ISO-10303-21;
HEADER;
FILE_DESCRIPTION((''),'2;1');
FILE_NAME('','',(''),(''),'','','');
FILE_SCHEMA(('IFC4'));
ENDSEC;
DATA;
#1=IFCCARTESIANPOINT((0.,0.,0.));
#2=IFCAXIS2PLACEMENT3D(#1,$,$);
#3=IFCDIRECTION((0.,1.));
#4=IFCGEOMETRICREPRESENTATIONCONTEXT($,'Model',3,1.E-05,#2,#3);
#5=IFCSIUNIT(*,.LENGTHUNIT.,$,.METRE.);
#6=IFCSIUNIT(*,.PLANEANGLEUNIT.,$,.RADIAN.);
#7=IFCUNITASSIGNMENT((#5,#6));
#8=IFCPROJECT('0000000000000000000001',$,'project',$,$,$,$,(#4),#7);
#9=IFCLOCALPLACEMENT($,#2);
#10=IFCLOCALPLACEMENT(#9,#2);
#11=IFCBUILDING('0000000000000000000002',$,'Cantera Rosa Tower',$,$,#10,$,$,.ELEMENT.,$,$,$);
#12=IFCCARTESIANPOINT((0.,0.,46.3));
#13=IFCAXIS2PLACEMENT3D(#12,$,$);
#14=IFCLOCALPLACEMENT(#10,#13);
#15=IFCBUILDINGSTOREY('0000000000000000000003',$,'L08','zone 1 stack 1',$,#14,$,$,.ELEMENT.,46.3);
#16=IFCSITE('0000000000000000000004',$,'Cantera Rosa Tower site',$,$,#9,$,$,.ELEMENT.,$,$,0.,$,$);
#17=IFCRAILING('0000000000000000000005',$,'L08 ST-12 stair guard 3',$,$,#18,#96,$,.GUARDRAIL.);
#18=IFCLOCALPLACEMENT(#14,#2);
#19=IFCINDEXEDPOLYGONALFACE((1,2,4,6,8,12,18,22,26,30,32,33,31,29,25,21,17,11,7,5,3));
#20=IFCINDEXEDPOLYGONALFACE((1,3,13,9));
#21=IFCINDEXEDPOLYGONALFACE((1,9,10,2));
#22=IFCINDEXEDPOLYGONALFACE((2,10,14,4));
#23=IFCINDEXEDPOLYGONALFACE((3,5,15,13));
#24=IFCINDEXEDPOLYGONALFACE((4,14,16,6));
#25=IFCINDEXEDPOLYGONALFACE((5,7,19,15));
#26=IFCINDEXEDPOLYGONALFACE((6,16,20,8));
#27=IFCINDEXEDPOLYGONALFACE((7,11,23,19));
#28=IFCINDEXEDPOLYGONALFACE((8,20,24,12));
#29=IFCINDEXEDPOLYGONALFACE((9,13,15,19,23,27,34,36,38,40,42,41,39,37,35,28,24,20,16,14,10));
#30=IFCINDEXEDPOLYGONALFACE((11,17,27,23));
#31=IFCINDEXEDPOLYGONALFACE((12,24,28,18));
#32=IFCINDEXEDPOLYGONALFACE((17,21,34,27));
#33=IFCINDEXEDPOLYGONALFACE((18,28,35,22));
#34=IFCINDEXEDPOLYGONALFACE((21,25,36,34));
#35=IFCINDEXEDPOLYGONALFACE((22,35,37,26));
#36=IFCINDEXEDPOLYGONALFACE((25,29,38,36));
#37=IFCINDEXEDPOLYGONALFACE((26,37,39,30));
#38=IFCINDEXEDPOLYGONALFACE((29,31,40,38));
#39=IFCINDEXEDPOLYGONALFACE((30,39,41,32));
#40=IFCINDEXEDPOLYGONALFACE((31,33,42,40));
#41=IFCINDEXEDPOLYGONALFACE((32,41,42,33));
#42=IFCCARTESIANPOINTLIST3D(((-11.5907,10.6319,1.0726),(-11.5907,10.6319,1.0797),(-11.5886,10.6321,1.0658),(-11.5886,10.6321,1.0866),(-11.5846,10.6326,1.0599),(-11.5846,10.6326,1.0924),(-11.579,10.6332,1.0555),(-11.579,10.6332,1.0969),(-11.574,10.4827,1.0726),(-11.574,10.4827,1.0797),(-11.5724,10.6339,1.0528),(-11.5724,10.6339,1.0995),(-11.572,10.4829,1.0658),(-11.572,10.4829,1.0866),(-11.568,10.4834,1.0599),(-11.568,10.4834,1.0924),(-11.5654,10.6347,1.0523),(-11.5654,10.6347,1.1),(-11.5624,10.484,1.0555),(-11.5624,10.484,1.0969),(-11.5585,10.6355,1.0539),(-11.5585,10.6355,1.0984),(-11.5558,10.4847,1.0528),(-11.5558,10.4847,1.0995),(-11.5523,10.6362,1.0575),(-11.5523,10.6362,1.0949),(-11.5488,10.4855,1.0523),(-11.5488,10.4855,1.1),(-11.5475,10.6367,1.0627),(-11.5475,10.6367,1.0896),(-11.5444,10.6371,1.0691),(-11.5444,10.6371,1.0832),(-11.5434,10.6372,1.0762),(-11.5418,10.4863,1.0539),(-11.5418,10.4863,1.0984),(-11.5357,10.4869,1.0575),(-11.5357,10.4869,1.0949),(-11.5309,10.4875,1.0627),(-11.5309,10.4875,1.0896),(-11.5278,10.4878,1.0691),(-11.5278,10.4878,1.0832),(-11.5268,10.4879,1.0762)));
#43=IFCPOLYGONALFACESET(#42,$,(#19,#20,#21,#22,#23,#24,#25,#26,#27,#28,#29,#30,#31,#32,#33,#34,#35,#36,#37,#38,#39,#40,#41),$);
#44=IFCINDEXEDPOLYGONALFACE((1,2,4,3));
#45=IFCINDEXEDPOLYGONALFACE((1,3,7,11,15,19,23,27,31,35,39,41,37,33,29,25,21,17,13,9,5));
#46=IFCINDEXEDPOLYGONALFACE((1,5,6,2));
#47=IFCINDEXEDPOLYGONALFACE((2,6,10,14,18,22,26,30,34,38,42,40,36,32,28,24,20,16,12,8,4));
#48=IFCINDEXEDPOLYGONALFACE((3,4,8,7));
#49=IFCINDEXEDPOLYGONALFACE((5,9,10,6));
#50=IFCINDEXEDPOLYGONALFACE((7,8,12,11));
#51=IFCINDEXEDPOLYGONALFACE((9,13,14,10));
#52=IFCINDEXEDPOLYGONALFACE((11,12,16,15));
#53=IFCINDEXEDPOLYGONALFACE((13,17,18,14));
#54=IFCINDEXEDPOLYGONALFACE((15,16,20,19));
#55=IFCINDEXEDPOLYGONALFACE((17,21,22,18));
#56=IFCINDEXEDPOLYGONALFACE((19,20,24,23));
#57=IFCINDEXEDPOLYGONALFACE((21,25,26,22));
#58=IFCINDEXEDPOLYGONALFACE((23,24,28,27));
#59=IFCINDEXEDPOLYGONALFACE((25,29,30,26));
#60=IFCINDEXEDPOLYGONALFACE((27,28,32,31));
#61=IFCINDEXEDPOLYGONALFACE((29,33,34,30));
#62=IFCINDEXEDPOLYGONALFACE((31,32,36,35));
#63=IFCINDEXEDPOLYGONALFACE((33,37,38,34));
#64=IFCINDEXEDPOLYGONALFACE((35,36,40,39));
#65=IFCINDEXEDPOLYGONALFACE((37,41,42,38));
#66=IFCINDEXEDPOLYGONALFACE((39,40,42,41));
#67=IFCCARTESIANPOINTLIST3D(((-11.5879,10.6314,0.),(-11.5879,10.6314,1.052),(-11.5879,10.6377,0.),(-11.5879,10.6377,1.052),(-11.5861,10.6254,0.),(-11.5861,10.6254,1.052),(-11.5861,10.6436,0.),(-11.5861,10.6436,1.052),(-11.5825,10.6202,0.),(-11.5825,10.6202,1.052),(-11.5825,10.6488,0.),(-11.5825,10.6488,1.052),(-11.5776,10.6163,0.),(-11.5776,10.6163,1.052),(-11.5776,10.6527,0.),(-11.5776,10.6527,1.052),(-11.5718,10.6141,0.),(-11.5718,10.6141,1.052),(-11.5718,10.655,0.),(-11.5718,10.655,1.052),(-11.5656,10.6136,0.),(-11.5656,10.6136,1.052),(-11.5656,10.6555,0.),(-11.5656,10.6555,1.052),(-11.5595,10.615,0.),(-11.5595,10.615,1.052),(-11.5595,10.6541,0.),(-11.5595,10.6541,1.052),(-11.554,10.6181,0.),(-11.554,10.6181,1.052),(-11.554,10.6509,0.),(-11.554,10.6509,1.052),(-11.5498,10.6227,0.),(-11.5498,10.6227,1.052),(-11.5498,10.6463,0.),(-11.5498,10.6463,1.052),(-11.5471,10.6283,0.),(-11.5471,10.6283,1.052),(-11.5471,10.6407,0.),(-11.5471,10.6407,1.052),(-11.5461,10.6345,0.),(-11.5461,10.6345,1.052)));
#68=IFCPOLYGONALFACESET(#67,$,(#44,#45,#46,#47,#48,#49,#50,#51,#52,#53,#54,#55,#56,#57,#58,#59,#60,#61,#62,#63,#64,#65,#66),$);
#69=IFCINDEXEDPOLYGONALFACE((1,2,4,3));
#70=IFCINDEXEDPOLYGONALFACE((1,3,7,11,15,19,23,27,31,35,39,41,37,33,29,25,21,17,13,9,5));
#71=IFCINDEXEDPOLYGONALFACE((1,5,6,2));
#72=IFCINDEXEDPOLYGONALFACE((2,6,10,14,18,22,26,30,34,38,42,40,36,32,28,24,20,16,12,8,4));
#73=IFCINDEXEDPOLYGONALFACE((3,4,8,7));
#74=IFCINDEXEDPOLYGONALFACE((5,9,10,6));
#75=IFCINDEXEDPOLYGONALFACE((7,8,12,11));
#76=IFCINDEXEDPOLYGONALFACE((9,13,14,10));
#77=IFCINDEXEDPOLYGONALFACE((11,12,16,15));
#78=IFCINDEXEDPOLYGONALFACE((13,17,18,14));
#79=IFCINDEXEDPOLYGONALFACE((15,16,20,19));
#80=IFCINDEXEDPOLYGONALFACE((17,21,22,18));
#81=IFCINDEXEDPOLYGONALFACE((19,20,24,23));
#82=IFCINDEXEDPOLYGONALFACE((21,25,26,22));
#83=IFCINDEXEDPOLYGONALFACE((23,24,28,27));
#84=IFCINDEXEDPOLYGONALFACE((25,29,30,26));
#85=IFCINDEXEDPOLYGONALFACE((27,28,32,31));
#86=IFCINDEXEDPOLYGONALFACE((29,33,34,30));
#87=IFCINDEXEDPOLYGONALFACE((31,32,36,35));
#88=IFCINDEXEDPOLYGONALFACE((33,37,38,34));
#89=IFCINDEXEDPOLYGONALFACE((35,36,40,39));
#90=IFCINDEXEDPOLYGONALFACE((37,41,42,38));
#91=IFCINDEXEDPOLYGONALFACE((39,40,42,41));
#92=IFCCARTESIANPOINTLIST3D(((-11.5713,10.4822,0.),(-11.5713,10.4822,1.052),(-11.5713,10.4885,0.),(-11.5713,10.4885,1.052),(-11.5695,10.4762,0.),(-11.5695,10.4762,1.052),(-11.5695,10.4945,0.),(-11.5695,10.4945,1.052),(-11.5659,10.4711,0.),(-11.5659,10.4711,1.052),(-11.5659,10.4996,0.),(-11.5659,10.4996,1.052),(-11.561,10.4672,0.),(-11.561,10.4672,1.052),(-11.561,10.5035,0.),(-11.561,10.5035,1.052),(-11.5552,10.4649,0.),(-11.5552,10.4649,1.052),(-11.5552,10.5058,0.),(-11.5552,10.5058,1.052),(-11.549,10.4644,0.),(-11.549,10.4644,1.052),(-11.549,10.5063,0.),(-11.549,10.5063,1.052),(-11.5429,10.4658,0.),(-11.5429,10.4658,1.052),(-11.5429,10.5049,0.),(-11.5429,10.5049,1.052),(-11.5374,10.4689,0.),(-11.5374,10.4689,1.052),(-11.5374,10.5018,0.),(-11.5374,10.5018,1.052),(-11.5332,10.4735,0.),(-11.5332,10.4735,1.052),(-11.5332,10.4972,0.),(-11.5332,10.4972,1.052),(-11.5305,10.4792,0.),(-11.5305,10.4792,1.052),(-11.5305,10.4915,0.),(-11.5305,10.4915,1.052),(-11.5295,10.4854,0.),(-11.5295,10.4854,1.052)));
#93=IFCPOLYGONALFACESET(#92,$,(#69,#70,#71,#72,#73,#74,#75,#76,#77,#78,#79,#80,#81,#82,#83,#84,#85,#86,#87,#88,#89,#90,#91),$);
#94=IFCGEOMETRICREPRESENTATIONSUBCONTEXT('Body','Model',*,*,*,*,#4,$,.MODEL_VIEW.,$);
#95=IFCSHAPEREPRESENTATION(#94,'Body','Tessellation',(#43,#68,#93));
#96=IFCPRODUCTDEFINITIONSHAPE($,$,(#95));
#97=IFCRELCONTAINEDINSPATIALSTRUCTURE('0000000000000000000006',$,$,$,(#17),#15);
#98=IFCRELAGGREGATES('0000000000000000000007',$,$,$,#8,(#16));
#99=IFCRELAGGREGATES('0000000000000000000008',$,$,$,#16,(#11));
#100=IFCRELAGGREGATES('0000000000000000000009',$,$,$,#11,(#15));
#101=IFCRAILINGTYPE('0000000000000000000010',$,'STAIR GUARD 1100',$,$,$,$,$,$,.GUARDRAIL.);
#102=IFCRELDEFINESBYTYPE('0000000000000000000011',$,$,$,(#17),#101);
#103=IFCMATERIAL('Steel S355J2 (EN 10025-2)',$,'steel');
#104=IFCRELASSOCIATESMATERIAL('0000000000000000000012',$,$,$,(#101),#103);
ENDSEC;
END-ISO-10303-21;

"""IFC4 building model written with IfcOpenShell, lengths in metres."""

from ifc_helpers import new_model, si_unit, direction, frame, origin, origin_2d, place, context, subcontext, project, spatial, circle, extrude, material, type_object, element, save


model = new_model("IFC4")

# Units and contexts
model_context = context("Model", 3, precision=1e-05, world=origin(), true_north=direction((0.0, 1.0)))
body_context = subcontext(model_context, "Body", "Model", "MODEL_VIEW")
ifc_project = project(units=[si_unit("LENGTHUNIT", "METRE"), si_unit("PLANEANGLEUNIT", "RADIAN")], contexts=[model_context])

# Site, building, storey
site_placement = place(None, origin())
site = spatial("IfcSite", under=ifc_project, at=site_placement, Name="Cantera Rosa Tower site", CompositionType="ELEMENT", RefElevation=0.0)
building_placement = place(site_placement, origin())
building = spatial("IfcBuilding", under=site, at=building_placement, Name="Cantera Rosa Tower", CompositionType="ELEMENT")
storey_placement = place(building_placement, frame((0.0, 0.0, 46.3)))
storey = spatial("IfcBuildingStorey", under=building, at=storey_placement, Name="L08", Description="zone 1 stack 1", CompositionType="ELEMENT", Elevation=46.3)

# Railing
ifc_material_1 = material(Name="Steel S355J2 (EN 10025-2)", Category="steel")
railing_type_1 = type_object("IfcRailingType", Name="STAIR GUARD 1100", PredefinedType="GUARDRAIL", material=ifc_material_1)
railing_1_placement = place(storey_placement, frame((-11.5671, 10.6345, 0.0)))
element("IfcRailing", 1, at=railing_1_placement, inside=storey, type_object=railing_type_1, Name="L08 ST-12 stair guard 3", PredefinedType="GUARDRAIL", context=body_context, shape_type="SweptSolid", body=[
    extrude(circle(Radius=0.0239, at=origin_2d()), frame((0.0, 0.0, 1.0762), z_axis=(0.11061, -0.993864, 0.0), x_axis=(0.993864, 0.11061, 0.0)), (0.0, 0.0, 1.0), 0.1501),
    extrude(circle(Radius=0.021, at=origin_2d()), origin(), (0.0, 0.0, 1.0), 1.052),
    extrude(circle(Radius=0.021, at=origin_2d()), frame((0.0166, -0.1492, 0.0)), (0.0, 0.0, 1.0), 1.052),
])

save(model, "model.ifc")
